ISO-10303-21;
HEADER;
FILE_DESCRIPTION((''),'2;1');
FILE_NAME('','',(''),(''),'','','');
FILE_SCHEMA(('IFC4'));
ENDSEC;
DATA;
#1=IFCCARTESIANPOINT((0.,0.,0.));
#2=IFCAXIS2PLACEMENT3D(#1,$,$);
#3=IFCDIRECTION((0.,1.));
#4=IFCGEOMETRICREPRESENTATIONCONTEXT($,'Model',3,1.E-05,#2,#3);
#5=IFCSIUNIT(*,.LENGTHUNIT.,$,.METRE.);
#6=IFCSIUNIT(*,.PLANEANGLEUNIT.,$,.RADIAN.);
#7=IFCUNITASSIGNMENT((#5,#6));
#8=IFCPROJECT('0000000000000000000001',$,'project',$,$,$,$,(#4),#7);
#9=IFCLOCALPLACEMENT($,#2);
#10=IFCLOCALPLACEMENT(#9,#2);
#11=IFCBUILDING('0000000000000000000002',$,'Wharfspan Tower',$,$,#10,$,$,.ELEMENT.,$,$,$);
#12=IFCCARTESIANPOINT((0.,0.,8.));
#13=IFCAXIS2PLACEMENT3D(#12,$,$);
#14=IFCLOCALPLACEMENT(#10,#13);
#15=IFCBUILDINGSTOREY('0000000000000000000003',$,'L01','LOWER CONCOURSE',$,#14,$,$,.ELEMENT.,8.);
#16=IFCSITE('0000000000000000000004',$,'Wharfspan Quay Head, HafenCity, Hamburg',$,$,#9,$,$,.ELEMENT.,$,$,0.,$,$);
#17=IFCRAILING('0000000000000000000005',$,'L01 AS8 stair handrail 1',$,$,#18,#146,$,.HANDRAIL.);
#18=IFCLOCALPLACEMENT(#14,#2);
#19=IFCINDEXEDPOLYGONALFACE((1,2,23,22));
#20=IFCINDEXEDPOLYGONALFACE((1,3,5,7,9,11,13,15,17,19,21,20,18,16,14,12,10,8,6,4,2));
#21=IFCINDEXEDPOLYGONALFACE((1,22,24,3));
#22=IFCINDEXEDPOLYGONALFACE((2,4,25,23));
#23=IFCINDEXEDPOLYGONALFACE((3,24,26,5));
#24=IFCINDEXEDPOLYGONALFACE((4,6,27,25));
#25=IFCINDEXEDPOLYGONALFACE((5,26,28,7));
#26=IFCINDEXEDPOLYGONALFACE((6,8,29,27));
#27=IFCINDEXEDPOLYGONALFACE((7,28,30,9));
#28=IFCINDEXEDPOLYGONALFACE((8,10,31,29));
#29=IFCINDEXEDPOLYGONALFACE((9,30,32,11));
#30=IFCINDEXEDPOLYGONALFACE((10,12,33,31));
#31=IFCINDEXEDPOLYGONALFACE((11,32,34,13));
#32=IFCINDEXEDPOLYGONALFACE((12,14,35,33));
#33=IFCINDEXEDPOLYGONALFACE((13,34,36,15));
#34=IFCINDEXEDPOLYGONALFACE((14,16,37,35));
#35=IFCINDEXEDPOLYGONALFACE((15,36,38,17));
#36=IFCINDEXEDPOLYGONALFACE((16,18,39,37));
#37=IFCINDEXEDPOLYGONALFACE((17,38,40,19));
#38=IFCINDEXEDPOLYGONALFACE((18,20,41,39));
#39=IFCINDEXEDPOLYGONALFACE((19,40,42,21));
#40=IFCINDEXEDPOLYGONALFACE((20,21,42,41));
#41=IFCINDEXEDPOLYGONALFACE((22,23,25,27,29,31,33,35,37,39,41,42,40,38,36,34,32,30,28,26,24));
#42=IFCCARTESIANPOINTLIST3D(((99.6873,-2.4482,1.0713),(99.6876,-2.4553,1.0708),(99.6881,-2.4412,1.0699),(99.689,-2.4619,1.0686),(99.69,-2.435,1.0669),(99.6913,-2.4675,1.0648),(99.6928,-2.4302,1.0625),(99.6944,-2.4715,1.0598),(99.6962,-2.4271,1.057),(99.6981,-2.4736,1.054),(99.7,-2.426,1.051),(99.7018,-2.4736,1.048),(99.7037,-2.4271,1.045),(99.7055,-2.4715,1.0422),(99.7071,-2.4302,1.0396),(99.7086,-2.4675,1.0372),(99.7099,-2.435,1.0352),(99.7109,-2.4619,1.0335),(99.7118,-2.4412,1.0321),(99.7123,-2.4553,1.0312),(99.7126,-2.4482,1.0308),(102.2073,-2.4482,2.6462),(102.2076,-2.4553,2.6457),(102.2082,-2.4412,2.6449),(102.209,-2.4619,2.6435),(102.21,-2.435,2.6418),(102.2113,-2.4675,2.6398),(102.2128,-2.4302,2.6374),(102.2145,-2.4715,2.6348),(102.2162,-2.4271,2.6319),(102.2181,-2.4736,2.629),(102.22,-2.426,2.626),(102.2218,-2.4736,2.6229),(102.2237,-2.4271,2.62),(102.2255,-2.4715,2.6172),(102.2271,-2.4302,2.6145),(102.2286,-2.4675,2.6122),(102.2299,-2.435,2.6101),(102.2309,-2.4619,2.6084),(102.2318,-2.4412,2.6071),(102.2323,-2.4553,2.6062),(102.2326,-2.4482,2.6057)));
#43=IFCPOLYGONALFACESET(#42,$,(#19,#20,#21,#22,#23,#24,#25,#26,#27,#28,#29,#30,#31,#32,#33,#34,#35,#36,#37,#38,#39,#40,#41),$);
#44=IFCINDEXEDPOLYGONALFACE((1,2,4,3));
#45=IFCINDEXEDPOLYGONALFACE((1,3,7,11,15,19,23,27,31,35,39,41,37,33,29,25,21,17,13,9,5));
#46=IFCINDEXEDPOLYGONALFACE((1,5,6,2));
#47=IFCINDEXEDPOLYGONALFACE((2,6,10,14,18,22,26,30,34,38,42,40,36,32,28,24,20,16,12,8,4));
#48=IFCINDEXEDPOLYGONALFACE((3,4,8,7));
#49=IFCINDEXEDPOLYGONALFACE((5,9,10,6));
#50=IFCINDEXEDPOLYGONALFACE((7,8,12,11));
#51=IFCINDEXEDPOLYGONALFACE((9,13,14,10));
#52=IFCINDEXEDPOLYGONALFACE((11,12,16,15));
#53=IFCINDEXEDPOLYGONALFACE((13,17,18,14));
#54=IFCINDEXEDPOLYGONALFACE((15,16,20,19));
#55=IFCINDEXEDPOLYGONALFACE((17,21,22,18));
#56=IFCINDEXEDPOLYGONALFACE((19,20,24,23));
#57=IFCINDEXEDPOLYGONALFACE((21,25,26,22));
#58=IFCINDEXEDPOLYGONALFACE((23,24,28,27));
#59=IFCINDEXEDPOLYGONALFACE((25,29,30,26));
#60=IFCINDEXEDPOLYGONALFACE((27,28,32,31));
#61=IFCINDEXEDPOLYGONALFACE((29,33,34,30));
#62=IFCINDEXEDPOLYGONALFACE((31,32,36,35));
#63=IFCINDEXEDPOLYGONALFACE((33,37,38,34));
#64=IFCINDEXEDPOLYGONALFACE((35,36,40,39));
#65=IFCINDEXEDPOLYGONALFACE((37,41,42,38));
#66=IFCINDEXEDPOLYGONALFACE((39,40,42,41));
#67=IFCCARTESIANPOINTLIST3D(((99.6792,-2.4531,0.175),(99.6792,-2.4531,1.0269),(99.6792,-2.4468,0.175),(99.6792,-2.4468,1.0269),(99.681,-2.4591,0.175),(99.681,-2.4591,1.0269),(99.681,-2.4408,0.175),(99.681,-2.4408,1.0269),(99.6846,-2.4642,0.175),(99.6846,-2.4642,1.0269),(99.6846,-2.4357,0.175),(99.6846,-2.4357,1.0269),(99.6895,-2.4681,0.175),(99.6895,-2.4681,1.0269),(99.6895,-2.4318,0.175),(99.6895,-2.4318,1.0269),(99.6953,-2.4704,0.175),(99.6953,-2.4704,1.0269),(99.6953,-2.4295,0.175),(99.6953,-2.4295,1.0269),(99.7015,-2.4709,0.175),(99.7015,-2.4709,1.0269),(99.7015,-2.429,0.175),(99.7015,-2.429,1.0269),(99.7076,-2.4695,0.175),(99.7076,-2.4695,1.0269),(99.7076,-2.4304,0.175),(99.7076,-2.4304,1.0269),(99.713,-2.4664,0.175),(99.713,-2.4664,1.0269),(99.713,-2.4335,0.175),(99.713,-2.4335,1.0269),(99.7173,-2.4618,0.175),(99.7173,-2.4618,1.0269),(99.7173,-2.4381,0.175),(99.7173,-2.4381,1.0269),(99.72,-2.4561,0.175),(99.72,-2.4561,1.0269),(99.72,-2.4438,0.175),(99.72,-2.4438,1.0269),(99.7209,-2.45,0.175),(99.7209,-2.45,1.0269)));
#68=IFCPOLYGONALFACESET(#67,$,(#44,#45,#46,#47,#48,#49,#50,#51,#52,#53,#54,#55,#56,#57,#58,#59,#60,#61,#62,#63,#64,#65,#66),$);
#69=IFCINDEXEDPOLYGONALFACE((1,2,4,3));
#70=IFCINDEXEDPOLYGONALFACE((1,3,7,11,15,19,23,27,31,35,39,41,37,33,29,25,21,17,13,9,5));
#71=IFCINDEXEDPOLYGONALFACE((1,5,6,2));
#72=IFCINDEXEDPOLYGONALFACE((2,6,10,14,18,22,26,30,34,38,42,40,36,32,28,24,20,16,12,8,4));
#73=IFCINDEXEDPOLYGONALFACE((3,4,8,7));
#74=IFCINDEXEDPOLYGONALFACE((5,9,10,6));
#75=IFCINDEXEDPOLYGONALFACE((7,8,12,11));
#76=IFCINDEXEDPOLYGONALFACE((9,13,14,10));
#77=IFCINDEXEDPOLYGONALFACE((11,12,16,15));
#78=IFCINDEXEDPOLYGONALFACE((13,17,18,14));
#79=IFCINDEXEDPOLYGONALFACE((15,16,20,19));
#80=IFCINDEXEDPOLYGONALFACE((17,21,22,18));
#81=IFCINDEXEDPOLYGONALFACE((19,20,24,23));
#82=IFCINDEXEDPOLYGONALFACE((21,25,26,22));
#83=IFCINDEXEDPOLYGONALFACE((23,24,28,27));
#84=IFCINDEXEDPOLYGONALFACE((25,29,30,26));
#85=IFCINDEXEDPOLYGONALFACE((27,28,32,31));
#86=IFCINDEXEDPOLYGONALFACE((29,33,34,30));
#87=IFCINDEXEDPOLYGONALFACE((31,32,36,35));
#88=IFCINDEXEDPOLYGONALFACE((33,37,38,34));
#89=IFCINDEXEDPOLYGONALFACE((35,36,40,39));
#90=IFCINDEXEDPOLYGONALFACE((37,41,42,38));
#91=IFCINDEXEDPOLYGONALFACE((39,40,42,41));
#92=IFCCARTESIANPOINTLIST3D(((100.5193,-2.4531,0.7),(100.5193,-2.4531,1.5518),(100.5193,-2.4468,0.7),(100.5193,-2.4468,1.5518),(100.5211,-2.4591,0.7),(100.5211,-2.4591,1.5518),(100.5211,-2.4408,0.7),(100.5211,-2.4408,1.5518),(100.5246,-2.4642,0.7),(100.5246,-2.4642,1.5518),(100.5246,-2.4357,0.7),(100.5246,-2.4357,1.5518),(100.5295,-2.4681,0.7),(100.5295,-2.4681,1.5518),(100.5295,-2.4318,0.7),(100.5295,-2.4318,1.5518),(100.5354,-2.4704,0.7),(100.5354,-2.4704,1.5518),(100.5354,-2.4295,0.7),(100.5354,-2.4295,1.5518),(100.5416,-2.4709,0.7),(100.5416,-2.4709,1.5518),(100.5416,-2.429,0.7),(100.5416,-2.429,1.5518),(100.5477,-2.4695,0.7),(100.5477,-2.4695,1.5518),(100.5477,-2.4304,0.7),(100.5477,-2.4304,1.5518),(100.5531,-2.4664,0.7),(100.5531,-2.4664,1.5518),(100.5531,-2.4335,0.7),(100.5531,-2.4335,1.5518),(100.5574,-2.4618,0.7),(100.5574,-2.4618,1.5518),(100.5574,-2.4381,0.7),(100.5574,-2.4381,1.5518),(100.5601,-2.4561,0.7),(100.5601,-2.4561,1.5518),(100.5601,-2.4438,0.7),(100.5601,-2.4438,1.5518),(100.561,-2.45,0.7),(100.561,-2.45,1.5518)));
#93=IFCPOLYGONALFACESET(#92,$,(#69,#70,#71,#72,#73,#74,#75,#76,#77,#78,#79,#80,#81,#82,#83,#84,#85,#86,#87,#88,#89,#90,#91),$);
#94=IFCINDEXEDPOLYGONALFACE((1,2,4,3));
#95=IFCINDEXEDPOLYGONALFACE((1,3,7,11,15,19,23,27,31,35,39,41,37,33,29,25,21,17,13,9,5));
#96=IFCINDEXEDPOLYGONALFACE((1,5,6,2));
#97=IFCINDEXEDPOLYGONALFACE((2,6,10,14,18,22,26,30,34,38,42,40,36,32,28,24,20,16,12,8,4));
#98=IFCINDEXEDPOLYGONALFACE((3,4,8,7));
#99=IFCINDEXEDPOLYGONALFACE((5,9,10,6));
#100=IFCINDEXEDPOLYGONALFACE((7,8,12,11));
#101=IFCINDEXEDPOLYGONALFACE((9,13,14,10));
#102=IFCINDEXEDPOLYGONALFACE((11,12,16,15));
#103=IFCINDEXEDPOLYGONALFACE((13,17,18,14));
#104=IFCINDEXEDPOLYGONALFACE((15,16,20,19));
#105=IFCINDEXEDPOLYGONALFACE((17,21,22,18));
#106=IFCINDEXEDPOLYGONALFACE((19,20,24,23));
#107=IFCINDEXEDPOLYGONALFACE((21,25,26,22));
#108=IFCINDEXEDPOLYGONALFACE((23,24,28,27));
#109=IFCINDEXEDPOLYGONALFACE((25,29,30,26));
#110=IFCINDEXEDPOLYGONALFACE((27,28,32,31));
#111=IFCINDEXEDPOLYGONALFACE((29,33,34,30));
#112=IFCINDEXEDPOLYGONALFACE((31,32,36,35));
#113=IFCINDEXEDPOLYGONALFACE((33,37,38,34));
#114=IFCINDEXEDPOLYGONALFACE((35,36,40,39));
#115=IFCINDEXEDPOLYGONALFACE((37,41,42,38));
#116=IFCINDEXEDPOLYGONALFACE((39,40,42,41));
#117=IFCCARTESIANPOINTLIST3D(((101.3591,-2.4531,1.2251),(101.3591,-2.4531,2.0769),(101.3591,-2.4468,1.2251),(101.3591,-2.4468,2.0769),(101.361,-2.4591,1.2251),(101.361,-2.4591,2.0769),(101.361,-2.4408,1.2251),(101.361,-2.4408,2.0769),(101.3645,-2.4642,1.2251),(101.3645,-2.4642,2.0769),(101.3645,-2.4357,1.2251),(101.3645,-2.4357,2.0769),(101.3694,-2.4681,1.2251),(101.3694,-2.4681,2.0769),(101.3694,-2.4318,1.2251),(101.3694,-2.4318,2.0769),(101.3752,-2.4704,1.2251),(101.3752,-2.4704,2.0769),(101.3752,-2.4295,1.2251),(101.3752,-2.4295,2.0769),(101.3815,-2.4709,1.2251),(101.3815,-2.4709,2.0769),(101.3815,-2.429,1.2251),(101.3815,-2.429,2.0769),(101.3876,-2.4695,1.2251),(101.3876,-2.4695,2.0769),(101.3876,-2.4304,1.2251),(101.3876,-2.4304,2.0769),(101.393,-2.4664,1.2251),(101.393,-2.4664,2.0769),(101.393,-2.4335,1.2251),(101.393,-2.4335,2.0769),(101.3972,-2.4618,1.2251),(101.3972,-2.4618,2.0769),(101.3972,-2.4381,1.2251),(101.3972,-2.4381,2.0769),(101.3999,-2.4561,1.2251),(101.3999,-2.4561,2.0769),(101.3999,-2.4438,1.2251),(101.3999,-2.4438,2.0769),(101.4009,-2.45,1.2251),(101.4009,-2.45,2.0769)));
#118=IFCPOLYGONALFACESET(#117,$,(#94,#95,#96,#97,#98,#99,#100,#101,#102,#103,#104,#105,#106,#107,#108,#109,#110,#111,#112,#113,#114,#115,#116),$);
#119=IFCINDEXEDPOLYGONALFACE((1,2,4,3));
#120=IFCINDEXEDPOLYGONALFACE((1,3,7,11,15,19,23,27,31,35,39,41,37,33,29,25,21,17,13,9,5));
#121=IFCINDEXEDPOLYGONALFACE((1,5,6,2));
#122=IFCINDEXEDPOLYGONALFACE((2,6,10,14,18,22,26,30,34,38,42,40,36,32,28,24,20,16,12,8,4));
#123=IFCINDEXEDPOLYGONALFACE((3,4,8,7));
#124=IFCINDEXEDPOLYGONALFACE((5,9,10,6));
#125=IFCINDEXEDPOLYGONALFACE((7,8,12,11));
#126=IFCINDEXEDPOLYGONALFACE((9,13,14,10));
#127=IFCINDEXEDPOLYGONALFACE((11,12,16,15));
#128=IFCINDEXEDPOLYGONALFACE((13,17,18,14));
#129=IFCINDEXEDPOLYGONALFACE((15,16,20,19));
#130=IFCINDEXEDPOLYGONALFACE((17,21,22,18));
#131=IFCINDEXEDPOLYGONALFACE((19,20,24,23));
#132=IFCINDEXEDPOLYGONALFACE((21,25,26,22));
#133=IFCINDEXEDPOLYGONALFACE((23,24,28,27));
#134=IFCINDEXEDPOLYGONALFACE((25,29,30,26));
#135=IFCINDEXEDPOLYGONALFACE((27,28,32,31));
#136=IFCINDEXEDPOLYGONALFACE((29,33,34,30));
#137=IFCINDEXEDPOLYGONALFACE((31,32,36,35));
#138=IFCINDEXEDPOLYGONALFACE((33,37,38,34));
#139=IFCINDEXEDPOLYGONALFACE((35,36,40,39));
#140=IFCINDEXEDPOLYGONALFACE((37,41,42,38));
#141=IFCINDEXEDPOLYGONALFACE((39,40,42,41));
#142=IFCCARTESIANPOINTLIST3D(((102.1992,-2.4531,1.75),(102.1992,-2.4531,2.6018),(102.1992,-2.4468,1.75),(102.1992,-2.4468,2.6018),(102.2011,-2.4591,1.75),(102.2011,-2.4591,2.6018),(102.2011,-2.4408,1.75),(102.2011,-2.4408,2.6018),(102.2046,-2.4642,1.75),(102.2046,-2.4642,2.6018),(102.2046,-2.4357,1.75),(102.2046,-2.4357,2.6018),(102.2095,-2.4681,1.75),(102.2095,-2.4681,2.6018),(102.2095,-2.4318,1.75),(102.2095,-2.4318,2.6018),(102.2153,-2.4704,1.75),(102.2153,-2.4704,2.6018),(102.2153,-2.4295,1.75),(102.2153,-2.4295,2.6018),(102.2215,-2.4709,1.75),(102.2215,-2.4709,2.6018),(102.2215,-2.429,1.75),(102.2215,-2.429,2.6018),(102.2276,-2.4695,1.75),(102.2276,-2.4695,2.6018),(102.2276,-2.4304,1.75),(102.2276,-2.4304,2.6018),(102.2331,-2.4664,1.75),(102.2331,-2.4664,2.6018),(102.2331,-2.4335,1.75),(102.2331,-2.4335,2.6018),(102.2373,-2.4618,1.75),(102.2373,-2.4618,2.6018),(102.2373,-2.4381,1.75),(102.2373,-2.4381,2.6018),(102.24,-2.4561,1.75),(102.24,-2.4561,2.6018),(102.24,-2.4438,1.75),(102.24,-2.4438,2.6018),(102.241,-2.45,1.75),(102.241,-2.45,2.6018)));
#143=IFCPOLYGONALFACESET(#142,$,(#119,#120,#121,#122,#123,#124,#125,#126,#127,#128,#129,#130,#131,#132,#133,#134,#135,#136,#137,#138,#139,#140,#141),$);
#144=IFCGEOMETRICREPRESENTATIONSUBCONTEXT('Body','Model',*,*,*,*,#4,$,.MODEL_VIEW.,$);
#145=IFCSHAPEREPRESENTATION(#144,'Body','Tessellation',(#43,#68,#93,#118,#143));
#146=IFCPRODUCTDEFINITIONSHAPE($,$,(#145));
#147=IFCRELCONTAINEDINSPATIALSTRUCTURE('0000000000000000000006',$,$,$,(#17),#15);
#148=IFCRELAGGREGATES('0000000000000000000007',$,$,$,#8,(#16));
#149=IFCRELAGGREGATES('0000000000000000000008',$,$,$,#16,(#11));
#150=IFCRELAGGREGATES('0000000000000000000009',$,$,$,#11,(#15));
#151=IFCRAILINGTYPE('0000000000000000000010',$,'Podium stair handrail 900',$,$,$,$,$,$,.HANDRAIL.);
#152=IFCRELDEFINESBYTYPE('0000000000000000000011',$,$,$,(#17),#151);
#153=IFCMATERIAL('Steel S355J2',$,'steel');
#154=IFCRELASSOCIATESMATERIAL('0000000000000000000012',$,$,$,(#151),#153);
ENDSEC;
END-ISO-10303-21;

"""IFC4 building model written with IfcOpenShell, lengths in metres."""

from ifc_helpers import new_model, si_unit, direction, frame, origin, origin_2d, place, context, subcontext, project, spatial, circle, extrude, material, type_object, element, save


model = new_model("IFC4")

# Units and contexts
model_context = context("Model", 3, precision=1e-05, world=origin(), true_north=direction((0.0, 1.0)))
body_context = subcontext(model_context, "Body", "Model", "MODEL_VIEW")
ifc_project = project(units=[si_unit("LENGTHUNIT", "METRE"), si_unit("PLANEANGLEUNIT", "RADIAN")], contexts=[model_context])

# Site, building, storey
site_placement = place(None, origin())
site = spatial("IfcSite", under=ifc_project, at=site_placement, Name="Wharfspan Quay Head, HafenCity, Hamburg", CompositionType="ELEMENT", RefElevation=0.0)
building_placement = place(site_placement, origin())
building = spatial("IfcBuilding", under=site, at=building_placement, Name="Wharfspan Tower", CompositionType="ELEMENT")
storey_placement = place(building_placement, frame((0.0, 0.0, 8.0)))
storey = spatial("IfcBuildingStorey", under=building, at=storey_placement, Name="L01", Description="LOWER CONCOURSE", CompositionType="ELEMENT", Elevation=8.0)

# Railing
ifc_material_1 = material(Name="Steel S355J2", Category="steel")
railing_type_1 = type_object("IfcRailingType", Name="Podium stair handrail 900", PredefinedType="HANDRAIL", material=ifc_material_1)
for number, where, name in (
    (1, (99.7, -2.45, 0.175), "L01 AS8 stair handrail 1"),
):
    element("IfcRailing", number, at=place(storey_placement, frame(where)), inside=storey, type_object=railing_type_1, Name=name, PredefinedType="HANDRAIL", context=body_context, shape_type="SweptSolid", body=[
        extrude(circle(Radius=0.0239, at=origin_2d()), frame((0.0, 0.0, 0.876), z_axis=(0.848008, 0.0, 0.529984), x_axis=(0.0, 1.0, 0.0)), (0.0, 0.0, 1.0), 2.9717),
        extrude(circle(Radius=0.021, at=origin_2d()), origin(), (0.0, 0.0, 1.0), 0.8518),
        extrude(circle(Radius=0.021, at=origin_2d()), frame((0.8401, 0.0, 0.5249)), (0.0, 0.0, 1.0), 0.8518),
        extrude(circle(Radius=0.021, at=origin_2d()), frame((1.6799, 0.0, 1.05)), (0.0, 0.0, 1.0), 0.8518),
        extrude(circle(Radius=0.021, at=origin_2d()), frame((2.52, 0.0, 1.575)), (0.0, 0.0, 1.0), 0.8518),
    ])

save(model, "model.ifc")
